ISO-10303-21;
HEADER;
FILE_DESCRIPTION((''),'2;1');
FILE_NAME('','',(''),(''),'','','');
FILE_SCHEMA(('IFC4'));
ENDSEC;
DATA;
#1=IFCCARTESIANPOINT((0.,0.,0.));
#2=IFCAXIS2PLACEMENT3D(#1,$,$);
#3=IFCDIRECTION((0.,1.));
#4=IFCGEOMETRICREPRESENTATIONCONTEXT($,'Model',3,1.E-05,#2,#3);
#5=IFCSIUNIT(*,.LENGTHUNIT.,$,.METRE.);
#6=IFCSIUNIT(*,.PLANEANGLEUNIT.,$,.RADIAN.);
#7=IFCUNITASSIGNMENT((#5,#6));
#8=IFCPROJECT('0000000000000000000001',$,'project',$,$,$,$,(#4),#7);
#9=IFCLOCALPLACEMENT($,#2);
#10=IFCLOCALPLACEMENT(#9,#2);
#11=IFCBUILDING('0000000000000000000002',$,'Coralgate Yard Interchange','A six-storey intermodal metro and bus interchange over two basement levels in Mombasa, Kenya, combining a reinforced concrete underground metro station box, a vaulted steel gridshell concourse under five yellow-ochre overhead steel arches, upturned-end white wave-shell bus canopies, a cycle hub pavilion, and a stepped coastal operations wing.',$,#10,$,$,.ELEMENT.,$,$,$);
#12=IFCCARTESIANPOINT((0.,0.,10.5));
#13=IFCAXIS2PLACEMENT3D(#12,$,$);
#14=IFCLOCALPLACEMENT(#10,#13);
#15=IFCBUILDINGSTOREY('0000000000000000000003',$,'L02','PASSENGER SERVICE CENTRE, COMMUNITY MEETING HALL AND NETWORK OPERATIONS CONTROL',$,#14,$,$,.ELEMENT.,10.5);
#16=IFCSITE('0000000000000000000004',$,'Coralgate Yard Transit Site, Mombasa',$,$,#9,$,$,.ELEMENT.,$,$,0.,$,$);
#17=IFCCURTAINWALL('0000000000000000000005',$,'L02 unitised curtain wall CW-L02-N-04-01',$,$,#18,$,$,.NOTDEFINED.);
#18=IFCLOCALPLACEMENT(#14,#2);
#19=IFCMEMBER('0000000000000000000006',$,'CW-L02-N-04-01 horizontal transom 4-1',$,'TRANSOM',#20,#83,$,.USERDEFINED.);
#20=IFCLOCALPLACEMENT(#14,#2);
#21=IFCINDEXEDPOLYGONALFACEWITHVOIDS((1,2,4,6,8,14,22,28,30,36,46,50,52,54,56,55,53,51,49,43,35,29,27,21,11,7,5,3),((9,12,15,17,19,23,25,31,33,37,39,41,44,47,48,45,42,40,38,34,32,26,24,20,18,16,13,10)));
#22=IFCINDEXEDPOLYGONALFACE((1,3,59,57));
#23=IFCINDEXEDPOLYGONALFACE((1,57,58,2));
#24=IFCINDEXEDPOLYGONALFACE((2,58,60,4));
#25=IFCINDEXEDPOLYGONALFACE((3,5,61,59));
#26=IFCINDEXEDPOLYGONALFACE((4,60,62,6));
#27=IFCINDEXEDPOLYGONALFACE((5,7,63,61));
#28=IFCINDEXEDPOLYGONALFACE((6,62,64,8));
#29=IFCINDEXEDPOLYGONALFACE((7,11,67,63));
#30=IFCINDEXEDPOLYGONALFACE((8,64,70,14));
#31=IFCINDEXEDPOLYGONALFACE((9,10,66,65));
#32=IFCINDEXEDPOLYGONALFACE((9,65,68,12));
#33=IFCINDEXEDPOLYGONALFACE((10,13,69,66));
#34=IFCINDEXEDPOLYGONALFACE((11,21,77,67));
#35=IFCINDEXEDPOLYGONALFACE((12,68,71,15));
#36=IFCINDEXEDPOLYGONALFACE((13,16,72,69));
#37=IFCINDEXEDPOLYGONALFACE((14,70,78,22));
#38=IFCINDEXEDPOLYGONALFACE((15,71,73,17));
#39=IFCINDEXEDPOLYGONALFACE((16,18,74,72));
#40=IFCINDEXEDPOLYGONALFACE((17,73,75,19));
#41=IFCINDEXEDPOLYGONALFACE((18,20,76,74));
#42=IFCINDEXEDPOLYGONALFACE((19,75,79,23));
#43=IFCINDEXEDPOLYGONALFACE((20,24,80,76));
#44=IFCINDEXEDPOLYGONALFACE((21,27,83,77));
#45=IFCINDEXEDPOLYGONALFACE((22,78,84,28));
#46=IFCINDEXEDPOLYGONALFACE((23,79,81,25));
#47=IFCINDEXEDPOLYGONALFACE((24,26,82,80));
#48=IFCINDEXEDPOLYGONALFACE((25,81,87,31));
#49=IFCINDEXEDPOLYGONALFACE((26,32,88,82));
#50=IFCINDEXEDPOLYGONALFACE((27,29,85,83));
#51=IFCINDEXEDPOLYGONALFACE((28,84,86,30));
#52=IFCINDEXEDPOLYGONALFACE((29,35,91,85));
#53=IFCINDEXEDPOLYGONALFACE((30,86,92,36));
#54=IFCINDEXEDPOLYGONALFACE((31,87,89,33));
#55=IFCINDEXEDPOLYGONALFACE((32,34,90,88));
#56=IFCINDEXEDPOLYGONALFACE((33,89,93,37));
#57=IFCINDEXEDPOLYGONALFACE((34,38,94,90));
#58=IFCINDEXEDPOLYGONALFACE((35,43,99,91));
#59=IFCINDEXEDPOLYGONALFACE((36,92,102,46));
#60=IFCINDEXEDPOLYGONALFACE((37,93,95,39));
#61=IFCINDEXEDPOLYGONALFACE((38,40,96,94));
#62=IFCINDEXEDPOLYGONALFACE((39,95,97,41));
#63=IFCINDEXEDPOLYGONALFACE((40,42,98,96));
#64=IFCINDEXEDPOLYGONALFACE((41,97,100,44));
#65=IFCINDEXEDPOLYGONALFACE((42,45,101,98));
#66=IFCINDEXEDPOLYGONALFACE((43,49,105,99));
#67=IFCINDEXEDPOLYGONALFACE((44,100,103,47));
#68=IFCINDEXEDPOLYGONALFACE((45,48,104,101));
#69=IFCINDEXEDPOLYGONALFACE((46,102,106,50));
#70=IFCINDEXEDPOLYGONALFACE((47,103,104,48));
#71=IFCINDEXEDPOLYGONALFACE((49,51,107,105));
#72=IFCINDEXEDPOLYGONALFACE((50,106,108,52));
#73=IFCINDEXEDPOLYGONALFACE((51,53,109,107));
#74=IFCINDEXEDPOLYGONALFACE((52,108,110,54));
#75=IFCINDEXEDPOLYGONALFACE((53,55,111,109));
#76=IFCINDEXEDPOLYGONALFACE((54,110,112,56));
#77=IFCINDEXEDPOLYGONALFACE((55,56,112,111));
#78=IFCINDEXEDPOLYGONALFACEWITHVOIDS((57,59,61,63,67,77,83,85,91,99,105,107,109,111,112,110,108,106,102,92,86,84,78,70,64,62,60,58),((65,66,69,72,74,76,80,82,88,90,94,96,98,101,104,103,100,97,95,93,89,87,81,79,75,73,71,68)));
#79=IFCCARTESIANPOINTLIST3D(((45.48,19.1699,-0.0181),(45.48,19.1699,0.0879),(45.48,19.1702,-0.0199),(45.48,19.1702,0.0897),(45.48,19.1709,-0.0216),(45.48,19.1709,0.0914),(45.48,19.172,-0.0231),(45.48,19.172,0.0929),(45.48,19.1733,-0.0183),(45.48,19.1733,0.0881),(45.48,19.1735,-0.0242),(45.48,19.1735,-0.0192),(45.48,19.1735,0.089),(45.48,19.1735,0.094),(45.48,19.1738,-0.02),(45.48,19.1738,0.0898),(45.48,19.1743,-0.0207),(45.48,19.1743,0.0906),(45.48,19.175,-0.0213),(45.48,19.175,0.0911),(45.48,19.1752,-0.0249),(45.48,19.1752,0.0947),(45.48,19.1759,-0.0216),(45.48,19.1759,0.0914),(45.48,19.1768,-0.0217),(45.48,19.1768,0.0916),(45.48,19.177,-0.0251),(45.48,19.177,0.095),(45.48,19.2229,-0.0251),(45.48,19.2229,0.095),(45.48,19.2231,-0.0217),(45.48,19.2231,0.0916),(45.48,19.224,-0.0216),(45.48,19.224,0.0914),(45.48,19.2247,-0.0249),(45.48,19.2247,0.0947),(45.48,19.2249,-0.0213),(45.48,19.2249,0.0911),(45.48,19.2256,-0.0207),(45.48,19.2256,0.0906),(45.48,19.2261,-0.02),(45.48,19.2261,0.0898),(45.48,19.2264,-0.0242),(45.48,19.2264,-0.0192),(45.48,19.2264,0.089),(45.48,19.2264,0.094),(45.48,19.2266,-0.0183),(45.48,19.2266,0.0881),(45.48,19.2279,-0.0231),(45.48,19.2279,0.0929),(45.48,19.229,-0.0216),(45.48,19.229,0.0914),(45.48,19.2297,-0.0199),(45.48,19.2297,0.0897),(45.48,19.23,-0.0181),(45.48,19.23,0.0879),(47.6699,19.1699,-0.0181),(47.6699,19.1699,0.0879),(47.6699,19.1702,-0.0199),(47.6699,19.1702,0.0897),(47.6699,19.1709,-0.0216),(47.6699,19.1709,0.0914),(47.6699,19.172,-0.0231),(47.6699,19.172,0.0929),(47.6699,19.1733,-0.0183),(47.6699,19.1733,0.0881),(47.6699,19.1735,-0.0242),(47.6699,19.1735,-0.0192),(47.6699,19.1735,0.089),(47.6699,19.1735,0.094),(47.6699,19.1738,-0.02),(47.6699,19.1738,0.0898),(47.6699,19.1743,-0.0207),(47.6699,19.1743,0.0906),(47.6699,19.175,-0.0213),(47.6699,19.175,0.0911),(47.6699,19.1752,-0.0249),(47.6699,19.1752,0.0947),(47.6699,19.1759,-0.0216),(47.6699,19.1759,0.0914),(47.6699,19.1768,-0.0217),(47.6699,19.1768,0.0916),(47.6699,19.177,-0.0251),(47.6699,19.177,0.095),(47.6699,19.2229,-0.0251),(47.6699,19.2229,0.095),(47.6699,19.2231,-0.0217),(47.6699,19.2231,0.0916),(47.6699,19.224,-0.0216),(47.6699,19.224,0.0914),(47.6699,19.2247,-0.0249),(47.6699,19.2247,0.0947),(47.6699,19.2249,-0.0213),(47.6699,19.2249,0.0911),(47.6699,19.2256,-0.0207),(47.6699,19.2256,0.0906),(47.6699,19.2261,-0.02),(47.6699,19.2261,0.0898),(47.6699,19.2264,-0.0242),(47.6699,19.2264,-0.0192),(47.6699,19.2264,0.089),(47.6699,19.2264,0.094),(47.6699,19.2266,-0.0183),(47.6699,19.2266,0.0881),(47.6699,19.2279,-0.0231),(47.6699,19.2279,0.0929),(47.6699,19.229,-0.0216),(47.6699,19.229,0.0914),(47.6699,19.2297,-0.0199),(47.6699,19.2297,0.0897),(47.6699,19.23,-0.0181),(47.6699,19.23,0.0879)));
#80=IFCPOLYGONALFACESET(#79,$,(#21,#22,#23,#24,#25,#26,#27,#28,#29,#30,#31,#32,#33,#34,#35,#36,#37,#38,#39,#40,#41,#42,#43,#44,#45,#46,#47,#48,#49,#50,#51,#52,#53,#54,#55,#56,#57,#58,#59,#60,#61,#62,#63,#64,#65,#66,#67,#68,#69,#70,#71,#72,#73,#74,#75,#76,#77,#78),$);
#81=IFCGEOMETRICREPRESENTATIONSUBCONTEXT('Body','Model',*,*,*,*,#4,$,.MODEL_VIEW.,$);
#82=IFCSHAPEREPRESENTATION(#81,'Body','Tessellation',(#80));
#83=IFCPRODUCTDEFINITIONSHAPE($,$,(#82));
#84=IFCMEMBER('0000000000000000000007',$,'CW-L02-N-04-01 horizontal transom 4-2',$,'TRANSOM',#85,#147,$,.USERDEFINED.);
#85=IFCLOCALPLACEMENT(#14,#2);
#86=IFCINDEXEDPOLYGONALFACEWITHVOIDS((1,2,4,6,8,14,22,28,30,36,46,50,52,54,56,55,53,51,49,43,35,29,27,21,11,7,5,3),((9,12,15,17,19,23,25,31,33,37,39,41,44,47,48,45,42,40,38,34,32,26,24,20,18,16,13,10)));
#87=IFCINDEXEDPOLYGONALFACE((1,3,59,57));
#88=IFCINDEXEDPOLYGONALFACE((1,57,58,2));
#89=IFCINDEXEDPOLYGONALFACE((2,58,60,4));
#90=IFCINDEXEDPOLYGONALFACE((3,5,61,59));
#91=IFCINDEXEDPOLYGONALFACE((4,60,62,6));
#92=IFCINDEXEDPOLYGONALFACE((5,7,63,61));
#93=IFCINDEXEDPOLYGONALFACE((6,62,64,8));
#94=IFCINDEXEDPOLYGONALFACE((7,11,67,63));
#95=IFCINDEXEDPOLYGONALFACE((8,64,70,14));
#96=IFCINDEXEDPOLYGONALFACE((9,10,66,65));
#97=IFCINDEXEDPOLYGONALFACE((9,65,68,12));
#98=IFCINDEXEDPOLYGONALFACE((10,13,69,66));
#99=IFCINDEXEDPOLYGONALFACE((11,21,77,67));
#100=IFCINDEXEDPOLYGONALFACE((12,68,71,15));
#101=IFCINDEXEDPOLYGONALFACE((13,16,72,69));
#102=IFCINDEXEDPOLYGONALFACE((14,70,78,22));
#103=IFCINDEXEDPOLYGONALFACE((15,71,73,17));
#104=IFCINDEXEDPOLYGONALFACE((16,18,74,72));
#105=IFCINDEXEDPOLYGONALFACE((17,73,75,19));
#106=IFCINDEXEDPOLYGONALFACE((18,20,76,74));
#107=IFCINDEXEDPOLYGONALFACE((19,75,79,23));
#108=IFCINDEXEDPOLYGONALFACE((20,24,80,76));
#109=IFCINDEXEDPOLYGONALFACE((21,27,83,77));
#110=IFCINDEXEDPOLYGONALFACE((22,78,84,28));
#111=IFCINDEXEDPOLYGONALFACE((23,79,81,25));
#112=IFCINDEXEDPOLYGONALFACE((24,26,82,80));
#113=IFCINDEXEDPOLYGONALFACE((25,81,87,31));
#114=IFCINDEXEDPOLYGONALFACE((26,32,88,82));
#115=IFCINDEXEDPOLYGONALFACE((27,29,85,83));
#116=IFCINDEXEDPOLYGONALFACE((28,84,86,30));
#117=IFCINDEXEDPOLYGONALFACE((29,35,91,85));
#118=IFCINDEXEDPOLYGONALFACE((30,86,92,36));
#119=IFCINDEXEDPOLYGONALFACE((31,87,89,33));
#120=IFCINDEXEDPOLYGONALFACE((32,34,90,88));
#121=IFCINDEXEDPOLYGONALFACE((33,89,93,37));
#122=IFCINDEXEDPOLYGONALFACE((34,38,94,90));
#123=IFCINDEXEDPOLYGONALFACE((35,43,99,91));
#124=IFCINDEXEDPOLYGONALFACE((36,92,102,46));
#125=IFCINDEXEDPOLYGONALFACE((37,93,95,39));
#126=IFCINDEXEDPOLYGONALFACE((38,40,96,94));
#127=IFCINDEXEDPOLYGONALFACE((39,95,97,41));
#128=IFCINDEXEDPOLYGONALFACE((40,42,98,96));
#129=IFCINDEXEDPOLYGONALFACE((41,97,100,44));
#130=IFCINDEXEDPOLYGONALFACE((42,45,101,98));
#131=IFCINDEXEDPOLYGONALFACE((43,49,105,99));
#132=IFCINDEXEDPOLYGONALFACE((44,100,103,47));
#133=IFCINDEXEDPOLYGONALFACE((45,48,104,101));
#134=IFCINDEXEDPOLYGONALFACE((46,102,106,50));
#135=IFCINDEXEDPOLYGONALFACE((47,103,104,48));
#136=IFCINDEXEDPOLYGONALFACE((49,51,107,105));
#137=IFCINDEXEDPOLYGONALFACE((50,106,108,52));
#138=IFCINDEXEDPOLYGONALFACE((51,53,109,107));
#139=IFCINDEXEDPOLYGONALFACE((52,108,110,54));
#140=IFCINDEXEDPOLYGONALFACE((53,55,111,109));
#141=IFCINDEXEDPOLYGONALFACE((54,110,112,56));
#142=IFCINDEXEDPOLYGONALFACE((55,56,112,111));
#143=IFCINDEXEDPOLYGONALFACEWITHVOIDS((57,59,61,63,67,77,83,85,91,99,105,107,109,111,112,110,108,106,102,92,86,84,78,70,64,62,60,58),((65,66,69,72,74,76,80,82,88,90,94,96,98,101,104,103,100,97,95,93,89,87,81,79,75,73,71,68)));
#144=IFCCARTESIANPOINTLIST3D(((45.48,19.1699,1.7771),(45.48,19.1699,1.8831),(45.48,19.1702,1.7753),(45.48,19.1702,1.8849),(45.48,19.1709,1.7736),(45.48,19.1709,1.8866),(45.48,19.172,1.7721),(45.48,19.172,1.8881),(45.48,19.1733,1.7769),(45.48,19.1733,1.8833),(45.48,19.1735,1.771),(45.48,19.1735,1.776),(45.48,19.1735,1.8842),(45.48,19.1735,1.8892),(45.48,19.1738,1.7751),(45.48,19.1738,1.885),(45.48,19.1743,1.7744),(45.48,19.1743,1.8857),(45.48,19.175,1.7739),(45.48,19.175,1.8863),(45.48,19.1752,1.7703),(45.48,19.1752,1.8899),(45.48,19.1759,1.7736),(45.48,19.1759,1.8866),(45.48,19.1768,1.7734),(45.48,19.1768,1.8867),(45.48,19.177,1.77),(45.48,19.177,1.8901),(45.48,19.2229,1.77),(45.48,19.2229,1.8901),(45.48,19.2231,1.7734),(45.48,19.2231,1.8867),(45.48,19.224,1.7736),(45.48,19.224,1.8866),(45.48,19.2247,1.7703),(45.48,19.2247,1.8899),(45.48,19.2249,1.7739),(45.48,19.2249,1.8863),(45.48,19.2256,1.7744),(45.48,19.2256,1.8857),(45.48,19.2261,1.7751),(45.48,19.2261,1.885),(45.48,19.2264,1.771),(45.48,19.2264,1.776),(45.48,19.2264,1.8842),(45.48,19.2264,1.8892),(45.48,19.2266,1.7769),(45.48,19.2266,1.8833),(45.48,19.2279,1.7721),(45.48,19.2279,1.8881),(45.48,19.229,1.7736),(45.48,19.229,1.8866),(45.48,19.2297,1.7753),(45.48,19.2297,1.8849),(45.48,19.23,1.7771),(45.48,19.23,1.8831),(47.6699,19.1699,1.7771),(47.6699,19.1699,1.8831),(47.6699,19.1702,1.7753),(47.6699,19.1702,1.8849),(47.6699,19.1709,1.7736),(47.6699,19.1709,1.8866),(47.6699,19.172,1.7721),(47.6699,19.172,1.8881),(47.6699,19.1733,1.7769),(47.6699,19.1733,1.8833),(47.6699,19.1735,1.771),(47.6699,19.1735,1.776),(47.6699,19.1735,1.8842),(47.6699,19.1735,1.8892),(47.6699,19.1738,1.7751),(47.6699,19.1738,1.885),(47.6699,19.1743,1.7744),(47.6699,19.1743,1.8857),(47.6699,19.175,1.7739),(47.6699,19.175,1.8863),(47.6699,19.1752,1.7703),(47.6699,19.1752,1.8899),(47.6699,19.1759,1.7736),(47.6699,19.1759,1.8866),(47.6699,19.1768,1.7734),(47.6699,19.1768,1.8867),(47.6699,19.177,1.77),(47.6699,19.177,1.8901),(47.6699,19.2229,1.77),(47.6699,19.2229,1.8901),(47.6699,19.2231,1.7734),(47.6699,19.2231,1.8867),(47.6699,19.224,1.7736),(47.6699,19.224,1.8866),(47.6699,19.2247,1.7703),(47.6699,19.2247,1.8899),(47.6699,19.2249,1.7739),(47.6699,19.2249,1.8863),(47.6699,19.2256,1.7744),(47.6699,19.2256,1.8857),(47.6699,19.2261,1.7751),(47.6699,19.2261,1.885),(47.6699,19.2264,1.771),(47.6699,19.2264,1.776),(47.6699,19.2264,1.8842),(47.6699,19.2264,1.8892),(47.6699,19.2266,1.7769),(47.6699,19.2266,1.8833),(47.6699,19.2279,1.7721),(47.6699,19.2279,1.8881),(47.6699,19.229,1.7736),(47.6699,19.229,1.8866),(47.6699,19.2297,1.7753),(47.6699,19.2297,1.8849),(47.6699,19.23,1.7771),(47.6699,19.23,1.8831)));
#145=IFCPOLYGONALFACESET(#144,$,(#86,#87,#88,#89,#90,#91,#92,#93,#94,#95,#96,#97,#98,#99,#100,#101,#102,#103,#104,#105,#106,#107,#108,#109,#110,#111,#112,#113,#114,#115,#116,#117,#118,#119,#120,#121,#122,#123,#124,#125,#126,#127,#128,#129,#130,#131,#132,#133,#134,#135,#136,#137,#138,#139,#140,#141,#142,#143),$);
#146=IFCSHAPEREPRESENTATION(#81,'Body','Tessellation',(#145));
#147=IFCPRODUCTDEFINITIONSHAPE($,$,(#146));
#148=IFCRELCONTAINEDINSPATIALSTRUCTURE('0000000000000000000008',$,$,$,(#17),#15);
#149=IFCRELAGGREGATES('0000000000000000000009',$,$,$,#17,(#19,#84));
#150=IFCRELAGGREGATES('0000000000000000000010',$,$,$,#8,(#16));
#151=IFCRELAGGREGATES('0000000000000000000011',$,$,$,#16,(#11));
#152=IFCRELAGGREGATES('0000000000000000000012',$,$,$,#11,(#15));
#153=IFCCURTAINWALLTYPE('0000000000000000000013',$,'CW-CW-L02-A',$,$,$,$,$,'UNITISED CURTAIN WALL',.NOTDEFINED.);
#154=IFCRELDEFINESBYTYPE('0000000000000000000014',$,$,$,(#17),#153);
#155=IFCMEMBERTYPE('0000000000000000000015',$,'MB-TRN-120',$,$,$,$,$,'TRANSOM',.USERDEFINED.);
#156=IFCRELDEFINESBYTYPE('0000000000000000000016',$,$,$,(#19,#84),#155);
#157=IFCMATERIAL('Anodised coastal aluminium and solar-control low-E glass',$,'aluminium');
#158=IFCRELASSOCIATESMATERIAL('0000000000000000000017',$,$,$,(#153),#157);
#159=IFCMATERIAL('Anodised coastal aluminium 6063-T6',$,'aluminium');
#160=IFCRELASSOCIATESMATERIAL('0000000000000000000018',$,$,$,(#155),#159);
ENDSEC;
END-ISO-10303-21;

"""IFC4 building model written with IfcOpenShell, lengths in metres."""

from ifc_helpers import new_model, si_unit, direction, frame, origin, origin_2d, place, context, subcontext, project, spatial, hollow_rectangle, extrude, material, material_profile, profile_set, type_object, element, aggregate, save


model = new_model("IFC4")

# Units and contexts
model_context = context("Model", 3, precision=1e-05, world=origin(), true_north=direction((0.0, 1.0)))
body_context = subcontext(model_context, "Body", "Model", "MODEL_VIEW")
ifc_project = project(units=[si_unit("LENGTHUNIT", "METRE"), si_unit("PLANEANGLEUNIT", "RADIAN")], contexts=[model_context])

# Site, building, storey
site_placement = place(None, origin())
site = spatial("IfcSite", under=ifc_project, at=site_placement, Name="Coralgate Yard Transit Site, Mombasa", CompositionType="ELEMENT", RefElevation=0.0)
building_placement = place(site_placement, origin())
building = spatial("IfcBuilding", under=site, at=building_placement, Name="Coralgate Yard Interchange", Description="A six-storey intermodal metro and bus interchange over two basement levels in Mombasa, Kenya, combining a reinforced concrete underground metro station box, a vaulted steel gridshell concourse under five yellow-ochre overhead steel arches, upturned-end white wave-shell bus canopies, a cycle hub pavilion, and a stepped coastal operations wing.", CompositionType="ELEMENT")
storey_placement = place(building_placement, frame((0.0, 0.0, 10.5)))
storey = spatial("IfcBuildingStorey", under=building, at=storey_placement, Name="L02", Description="PASSENGER SERVICE CENTRE, COMMUNITY MEETING HALL AND NETWORK OPERATIONS CONTROL", CompositionType="ELEMENT", Elevation=10.5)

# Shared definitions
ifc_material_1 = material(Name="Anodised coastal aluminium and solar-control low-E glass", Category="aluminium")
curtain_wall_type = type_object("IfcCurtainWallType", Name="CW-CW-L02-A", ElementType="UNITISED CURTAIN WALL", PredefinedType="NOTDEFINED", material=ifc_material_1)
ifc_material_2 = material(Name="Anodised coastal aluminium 6063-T6", Category="aluminium")

# Curtain wall
curtain_wall_1_placement = place(storey_placement, origin())
curtain_wall_1 = element("IfcCurtainWall", 1, at=curtain_wall_1_placement, inside=storey, type_object=curtain_wall_type, Name="L02 unitised curtain wall CW-L02-N-04-01", PredefinedType="NOTDEFINED")

# Members
ifc_material_profile_1 = material_profile(ifc_material_2, hollow_rectangle(XDim=0.0601, YDim=0.1201, WallThickness=0.0034, InnerFilletRadius=0.0034, OuterFilletRadius=0.0071, at=origin_2d()), Name="ALU 60x120x3.5")
ifc_profile_set_1 = profile_set([ifc_material_profile_1], Name="Anodised coastal aluminium 6063-T6")
member_type_1 = type_object("IfcMemberType", Name="MB-TRN-120", ElementType="TRANSOM", PredefinedType="USERDEFINED", material=ifc_profile_set_1)
member_1_placement = place(storey_placement, frame((45.48, 19.2, 0.0349), z_axis=(1.0, 0.0, 0.0), x_axis=(0.0, 1.0, 0.0)))
member_1 = element("IfcMember", 2, at=member_1_placement, type_object=member_type_1, Name="CW-L02-N-04-01 horizontal transom 4-1", ObjectType="TRANSOM", PredefinedType="USERDEFINED", context=body_context, shape_type="SweptSolid", body=[
    extrude(hollow_rectangle(XDim=0.0601, YDim=0.1201, WallThickness=0.0034, InnerFilletRadius=0.0034, OuterFilletRadius=0.0071, at=origin_2d()), origin(), (0.0, 0.0, 1.0), 2.1899),
])
member_2_placement = place(storey_placement, frame((45.48, 19.2, 1.8301), z_axis=(1.0, 0.0, 0.0), x_axis=(0.0, 1.0, 0.0)))
member_2 = element("IfcMember", 3, at=member_2_placement, type_object=member_type_1, Name="CW-L02-N-04-01 horizontal transom 4-2", ObjectType="TRANSOM", PredefinedType="USERDEFINED", context=body_context, shape_type="SweptSolid", body=[
    extrude(hollow_rectangle(XDim=0.0601, YDim=0.1201, WallThickness=0.0034, InnerFilletRadius=0.0034, OuterFilletRadius=0.0071, at=origin_2d()), origin(), (0.0, 0.0, 1.0), 2.1899),
])

aggregate(curtain_wall_1, [member_1, member_2])

save(model, "model.ifc")
